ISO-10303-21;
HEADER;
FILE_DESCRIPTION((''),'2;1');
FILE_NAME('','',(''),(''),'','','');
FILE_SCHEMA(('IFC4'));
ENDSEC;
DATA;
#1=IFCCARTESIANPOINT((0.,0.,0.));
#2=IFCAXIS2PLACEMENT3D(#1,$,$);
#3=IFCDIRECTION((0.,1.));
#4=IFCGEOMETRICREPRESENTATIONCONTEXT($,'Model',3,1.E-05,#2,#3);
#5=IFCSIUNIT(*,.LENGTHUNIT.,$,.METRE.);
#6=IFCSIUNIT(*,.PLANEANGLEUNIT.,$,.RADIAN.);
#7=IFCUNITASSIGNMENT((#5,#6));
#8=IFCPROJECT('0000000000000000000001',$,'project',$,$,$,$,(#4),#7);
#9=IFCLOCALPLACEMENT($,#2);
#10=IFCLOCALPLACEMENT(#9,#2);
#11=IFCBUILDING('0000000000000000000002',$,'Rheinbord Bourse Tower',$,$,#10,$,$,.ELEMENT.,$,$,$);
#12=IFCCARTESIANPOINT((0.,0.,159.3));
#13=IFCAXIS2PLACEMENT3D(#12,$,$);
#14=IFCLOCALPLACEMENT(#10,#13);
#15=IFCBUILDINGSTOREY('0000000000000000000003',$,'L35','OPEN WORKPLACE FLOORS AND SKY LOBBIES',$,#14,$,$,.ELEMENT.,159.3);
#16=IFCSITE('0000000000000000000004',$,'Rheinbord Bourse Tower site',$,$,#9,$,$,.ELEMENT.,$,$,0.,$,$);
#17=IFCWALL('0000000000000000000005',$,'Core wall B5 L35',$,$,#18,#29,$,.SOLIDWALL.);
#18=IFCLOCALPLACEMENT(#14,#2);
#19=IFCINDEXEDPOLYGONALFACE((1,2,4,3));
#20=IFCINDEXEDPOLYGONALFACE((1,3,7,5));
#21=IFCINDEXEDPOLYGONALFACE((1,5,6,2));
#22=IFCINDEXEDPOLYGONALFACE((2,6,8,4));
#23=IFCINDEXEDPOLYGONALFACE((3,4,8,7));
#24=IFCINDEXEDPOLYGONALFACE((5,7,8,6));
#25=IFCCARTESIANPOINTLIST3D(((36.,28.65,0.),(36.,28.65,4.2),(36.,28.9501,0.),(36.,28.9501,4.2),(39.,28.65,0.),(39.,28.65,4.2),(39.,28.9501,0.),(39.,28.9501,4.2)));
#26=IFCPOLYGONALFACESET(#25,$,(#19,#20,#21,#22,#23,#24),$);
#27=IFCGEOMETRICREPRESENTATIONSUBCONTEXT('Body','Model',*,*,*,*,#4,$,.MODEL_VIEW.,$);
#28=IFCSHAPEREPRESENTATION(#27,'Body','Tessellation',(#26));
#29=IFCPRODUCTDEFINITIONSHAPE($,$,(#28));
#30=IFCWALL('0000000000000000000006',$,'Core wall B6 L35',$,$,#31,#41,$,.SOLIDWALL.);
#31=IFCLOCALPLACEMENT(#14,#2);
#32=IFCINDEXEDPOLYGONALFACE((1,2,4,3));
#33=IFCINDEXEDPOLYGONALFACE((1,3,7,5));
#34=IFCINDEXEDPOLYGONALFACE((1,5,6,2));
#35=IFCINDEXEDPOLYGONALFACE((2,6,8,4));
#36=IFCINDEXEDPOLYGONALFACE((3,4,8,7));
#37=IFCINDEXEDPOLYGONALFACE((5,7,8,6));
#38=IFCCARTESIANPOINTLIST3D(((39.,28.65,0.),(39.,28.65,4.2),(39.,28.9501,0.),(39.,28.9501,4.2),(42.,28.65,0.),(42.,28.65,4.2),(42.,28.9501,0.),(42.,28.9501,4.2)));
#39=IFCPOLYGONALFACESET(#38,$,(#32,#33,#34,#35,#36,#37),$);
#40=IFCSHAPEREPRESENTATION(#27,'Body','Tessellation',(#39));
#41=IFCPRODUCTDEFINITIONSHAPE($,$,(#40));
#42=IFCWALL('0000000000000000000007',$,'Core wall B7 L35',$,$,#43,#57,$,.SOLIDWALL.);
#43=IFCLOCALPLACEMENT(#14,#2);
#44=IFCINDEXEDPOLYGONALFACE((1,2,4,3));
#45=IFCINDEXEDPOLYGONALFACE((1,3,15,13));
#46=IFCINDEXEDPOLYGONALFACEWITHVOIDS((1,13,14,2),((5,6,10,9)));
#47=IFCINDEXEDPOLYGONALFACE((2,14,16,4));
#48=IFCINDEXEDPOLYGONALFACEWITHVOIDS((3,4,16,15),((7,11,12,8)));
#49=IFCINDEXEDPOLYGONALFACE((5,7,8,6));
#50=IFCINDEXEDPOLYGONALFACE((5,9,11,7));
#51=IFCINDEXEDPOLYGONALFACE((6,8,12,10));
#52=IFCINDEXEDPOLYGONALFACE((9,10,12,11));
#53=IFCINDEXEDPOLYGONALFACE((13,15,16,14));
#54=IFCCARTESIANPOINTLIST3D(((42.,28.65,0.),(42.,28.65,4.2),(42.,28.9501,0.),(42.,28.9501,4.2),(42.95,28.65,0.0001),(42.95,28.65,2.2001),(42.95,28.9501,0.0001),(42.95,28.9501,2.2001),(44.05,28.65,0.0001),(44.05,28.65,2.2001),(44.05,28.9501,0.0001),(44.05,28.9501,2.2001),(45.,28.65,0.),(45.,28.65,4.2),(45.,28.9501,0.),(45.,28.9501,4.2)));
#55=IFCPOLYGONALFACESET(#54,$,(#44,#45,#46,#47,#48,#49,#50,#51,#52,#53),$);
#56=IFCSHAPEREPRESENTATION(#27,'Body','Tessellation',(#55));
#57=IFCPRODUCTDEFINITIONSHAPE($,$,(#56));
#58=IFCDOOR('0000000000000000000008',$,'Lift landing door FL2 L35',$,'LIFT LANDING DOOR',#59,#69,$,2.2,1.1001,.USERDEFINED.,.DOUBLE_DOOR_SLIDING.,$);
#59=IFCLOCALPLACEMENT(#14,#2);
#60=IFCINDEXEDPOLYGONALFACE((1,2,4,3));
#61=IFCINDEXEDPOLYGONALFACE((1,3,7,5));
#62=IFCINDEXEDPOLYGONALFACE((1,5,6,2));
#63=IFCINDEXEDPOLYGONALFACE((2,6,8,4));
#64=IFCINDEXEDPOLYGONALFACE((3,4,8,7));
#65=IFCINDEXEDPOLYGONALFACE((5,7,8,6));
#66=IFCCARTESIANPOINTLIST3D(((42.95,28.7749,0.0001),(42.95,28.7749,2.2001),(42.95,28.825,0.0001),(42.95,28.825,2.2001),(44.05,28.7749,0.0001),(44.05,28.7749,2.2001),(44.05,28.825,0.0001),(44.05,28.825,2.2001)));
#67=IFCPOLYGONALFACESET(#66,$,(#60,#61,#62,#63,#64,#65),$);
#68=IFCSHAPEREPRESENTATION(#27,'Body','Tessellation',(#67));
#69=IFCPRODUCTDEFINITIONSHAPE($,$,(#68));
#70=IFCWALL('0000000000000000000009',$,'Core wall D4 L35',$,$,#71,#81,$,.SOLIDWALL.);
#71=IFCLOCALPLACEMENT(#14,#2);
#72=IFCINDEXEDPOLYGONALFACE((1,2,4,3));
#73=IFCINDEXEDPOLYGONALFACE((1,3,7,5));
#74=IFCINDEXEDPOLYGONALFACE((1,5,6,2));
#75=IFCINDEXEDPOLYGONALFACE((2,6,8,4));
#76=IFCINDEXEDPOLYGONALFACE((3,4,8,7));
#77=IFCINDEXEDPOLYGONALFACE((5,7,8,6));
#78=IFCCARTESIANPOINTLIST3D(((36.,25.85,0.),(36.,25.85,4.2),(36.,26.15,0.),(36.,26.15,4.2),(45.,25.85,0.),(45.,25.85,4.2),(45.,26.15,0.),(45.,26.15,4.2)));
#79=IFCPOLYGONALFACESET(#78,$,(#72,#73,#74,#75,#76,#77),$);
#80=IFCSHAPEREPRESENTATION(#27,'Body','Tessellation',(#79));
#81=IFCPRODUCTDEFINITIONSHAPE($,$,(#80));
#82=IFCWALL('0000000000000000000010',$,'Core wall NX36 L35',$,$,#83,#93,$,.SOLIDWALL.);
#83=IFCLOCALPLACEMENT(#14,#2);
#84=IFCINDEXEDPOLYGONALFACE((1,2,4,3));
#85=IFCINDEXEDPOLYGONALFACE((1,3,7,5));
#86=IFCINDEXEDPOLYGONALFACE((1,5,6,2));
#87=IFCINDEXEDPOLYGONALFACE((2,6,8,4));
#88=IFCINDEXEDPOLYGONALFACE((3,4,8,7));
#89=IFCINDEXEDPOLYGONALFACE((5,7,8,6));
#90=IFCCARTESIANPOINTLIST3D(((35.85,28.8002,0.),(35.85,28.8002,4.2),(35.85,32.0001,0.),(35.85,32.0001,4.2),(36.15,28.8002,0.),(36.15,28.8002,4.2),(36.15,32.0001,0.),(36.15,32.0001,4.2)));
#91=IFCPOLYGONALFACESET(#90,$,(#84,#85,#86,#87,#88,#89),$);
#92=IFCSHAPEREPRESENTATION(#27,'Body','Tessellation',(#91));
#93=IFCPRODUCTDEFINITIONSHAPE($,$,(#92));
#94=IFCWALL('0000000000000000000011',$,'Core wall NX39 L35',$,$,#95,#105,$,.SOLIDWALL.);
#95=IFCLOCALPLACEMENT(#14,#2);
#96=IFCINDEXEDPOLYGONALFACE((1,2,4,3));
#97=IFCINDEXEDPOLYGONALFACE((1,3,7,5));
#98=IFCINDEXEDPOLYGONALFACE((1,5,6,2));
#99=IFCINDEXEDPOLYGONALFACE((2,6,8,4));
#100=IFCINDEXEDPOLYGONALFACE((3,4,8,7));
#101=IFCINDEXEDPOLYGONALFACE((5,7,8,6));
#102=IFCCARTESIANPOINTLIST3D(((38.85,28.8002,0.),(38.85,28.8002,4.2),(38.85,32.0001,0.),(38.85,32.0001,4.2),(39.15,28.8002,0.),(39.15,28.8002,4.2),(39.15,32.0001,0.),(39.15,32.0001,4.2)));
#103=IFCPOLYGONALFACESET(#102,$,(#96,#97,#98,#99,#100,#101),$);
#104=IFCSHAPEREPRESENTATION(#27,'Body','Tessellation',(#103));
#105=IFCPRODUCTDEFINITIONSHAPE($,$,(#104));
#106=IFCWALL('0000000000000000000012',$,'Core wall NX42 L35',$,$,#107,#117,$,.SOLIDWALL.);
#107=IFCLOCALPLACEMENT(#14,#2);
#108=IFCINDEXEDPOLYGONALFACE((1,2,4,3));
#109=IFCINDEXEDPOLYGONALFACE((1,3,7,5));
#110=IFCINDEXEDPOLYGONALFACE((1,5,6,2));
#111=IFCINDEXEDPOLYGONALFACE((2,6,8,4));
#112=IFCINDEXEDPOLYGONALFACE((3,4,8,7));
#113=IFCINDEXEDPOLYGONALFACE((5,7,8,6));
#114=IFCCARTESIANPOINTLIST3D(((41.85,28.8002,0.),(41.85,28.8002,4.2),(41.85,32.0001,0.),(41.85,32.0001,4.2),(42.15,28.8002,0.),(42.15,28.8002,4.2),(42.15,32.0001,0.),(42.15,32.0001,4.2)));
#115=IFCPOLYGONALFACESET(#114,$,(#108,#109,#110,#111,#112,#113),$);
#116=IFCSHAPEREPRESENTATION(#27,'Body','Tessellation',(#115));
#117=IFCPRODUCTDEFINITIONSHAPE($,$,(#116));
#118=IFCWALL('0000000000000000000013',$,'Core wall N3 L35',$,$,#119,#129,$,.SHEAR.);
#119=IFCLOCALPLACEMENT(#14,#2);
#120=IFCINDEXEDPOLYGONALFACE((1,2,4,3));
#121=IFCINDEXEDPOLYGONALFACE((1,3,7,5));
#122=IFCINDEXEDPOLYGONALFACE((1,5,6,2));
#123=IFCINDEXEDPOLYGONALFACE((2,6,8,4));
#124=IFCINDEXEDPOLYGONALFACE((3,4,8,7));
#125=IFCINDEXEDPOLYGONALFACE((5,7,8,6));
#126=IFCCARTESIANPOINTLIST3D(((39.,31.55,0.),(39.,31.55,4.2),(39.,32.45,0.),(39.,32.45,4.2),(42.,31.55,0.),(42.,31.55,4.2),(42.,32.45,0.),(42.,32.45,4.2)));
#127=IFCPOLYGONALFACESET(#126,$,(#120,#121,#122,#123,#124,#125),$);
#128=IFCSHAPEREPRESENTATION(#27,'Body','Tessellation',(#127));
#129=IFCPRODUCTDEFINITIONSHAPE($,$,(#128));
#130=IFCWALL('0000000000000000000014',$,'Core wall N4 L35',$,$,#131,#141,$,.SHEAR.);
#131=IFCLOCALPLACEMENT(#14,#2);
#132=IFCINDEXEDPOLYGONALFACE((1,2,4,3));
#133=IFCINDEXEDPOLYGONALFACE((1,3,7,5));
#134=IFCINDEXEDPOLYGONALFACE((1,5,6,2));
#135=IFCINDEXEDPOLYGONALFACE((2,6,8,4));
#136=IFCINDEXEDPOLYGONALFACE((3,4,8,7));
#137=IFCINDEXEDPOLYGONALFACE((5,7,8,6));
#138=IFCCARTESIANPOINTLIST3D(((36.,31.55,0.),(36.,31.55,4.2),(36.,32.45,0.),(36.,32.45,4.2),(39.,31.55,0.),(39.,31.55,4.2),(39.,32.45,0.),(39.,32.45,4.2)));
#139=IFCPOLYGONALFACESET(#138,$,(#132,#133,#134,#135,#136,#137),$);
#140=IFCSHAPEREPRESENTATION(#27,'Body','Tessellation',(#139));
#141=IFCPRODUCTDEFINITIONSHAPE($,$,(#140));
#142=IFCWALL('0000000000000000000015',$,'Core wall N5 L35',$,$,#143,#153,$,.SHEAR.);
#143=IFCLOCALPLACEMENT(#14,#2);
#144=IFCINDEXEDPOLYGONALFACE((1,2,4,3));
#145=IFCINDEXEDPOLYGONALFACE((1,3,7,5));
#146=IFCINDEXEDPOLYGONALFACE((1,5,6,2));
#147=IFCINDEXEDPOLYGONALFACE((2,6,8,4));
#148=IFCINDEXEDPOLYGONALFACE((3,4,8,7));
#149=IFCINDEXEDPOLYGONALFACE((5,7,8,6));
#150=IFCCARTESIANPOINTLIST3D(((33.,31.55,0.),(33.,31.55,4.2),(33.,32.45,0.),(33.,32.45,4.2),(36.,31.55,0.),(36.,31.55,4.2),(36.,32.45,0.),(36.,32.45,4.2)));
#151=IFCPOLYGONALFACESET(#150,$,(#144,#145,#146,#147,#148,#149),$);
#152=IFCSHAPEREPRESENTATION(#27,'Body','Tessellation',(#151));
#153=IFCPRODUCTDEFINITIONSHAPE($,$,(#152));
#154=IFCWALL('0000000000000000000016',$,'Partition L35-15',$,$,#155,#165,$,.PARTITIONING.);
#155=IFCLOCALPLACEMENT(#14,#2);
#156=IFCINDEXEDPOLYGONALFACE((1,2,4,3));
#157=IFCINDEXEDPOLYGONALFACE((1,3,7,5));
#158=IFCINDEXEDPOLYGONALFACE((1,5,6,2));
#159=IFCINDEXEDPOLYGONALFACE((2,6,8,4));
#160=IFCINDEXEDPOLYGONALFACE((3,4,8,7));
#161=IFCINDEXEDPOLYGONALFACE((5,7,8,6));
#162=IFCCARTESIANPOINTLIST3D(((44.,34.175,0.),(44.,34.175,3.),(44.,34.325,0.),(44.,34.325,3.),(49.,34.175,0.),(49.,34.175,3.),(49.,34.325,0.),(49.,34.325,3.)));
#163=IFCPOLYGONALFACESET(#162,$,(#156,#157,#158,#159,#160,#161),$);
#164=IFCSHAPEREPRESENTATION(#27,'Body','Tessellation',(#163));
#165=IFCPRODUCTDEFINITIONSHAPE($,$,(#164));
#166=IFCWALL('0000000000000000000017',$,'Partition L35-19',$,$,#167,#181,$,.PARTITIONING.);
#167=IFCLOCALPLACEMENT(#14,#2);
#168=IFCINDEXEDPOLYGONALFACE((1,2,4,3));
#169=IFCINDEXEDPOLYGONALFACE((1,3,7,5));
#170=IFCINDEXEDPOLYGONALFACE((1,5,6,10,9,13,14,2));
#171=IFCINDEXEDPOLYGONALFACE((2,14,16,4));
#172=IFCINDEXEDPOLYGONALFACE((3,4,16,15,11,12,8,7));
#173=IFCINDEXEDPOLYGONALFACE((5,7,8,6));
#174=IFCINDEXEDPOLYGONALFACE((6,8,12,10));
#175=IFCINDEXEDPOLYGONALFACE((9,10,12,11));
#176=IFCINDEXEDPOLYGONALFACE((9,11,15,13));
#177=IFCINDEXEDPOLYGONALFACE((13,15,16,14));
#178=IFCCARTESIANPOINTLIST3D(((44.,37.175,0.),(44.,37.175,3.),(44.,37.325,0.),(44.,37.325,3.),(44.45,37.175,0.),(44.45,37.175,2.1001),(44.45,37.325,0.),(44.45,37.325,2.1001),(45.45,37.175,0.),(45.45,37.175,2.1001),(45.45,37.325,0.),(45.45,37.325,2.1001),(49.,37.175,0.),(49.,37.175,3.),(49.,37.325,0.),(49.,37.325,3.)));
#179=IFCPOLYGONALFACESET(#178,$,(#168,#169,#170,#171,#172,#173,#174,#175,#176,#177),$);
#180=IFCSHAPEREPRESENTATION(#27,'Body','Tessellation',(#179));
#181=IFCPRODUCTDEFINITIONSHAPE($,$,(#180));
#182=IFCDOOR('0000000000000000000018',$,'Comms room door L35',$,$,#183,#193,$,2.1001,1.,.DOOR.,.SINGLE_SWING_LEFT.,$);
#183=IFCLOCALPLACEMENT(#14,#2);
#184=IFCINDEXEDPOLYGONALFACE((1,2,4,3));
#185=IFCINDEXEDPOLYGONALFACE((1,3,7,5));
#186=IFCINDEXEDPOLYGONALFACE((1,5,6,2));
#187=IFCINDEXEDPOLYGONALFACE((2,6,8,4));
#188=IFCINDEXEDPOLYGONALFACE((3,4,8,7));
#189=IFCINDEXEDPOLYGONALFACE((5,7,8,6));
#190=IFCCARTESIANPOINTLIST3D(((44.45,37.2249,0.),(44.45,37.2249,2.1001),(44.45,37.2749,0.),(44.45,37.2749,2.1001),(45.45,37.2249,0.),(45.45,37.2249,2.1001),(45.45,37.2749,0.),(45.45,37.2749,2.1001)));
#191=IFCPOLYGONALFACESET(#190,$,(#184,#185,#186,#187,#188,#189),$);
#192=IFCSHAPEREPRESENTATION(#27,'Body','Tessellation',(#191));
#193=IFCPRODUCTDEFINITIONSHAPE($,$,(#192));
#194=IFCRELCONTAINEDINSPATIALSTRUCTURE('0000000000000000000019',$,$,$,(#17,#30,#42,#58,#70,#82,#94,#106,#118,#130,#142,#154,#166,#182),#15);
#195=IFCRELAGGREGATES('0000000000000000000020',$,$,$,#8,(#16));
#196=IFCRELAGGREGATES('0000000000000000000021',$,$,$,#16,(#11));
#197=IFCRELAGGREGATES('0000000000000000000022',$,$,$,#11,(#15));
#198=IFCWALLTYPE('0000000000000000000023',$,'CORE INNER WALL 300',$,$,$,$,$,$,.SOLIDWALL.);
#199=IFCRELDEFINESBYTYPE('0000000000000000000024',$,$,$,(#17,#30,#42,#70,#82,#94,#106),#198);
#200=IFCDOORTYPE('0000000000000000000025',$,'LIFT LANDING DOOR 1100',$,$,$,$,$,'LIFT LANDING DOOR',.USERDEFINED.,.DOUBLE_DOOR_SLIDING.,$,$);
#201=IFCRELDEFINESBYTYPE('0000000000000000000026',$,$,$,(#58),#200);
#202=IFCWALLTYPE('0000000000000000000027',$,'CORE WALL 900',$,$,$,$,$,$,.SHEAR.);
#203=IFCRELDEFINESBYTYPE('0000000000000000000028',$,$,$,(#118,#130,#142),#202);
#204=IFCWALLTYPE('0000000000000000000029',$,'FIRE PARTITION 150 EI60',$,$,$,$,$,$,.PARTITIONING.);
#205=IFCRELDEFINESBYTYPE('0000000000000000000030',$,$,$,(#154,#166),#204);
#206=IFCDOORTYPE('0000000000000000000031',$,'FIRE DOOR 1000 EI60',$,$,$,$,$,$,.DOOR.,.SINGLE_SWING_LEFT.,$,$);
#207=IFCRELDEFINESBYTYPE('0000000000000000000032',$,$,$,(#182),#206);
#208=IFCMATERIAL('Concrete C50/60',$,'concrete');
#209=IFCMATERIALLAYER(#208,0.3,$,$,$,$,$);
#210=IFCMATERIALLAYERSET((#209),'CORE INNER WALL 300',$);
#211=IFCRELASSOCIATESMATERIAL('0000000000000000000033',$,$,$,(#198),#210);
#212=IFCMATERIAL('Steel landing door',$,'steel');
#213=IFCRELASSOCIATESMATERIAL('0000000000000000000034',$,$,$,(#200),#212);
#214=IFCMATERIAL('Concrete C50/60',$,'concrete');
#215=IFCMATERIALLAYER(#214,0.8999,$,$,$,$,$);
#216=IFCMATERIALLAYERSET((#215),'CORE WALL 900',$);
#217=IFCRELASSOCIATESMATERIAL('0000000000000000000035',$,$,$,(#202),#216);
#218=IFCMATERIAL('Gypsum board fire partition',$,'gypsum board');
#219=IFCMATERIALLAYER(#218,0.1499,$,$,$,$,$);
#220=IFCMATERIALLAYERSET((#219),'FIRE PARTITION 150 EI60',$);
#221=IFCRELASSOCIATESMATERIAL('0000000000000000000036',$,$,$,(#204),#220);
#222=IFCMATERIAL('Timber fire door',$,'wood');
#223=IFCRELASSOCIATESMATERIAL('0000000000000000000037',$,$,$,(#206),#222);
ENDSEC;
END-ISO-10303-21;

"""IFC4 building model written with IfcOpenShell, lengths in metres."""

from ifc_helpers import new_model, si_unit, direction, frame, frame_2d, origin, place, context, subcontext, project, spatial, rectangle, extrude, material, layer, layer_set, type_object, element, fill, save


model = new_model("IFC4")

# Units and contexts
model_context = context("Model", 3, precision=1e-05, world=origin(), true_north=direction((0.0, 1.0)))
body_context = subcontext(model_context, "Body", "Model", "MODEL_VIEW")
ifc_project = project(units=[si_unit("LENGTHUNIT", "METRE"), si_unit("PLANEANGLEUNIT", "RADIAN")], contexts=[model_context])

# Site, building, storey
site_placement = place(None, origin())
site = spatial("IfcSite", under=ifc_project, at=site_placement, Name="Rheinbord Bourse Tower site", CompositionType="ELEMENT", RefElevation=0.0)
building_placement = place(site_placement, origin())
building = spatial("IfcBuilding", under=site, at=building_placement, Name="Rheinbord Bourse Tower", CompositionType="ELEMENT")
storey_placement = place(building_placement, frame((0.0, 0.0, 159.3)))
storey = spatial("IfcBuildingStorey", under=building, at=storey_placement, Name="L35", Description="OPEN WORKPLACE FLOORS AND SKY LOBBIES", CompositionType="ELEMENT", Elevation=159.3)

# Walls
ifc_material_1 = material(Name="Concrete C50/60", Category="concrete")
ifc_layer_1 = layer(ifc_material_1, 0.3)
ifc_layer_set_1 = layer_set([ifc_layer_1], Name="CORE INNER WALL 300")
wall_type_1 = type_object("IfcWallType", Name="CORE INNER WALL 300", PredefinedType="SOLIDWALL", material=ifc_layer_set_1)
for number, where, z_axis, x_axis, name in (
    (1, (36.0, 28.8, 0.0), (0.0, 0.0, 1.0), (1.0, 0.0, 0.0), "Core wall B5 L35"),
    (2, (39.0, 28.8, 0.0), (0.0, 0.0, 1.0), (1.0, 0.0, 0.0), "Core wall B6 L35"),
):
    element("IfcWall", number, at=place(storey_placement, frame(where, z_axis=z_axis, x_axis=x_axis)), inside=storey, type_object=wall_type_1, Name=name, PredefinedType="SOLIDWALL", context=body_context, shape_type="SweptSolid", body=[
        extrude(rectangle(XDim=3.0, YDim=0.3, at=frame_2d((1.5, 0.0))), origin(), (0.0, 0.0, 1.0), 4.2),
    ])

# Wall, opening, door
wall_1_placement = place(storey_placement, frame((42.0, 28.8, 0.0), z_axis=(0.0, 0.0, 1.0), x_axis=(1.0, 0.0, 0.0)))
wall_1 = element("IfcWall", 3, at=wall_1_placement, inside=storey, type_object=wall_type_1, Name="Core wall B7 L35", PredefinedType="SOLIDWALL", context=body_context, shape_type="SweptSolid", body=[
    extrude(rectangle(XDim=3.0, YDim=0.3, at=frame_2d((1.5, 0.0))), origin(), (0.0, 0.0, 1.0), 4.2),
])
opening_1_placement = place(wall_1_placement, frame((0.95, 0.0, 0.0)))
opening_1 = element("IfcOpeningElement", 4, at=opening_1_placement, cuts=wall_1, PredefinedType="OPENING", context=body_context, shape_type="SweptSolid", body=[
    extrude(rectangle(XDim=1.1001, YDim=2.2, at=frame_2d((0.55, 1.1001))), frame((0.0, 0.1599, 0.0), z_axis=(0.0, -1.0, 0.0), x_axis=(1.0, 0.0, 0.0)), (0.0, 0.0, 1.0), 0.3201),
])
ifc_material_2 = material(Name="Steel landing door", Category="steel")
door_type_1 = type_object("IfcDoorType", Name="LIFT LANDING DOOR 1100", ElementType="LIFT LANDING DOOR", OperationType="DOUBLE_DOOR_SLIDING", PredefinedType="USERDEFINED", material=ifc_material_2)
door_1_placement = place(opening_1_placement, origin())
door_1 = element("IfcDoor", 5, at=door_1_placement, inside=storey, type_object=door_type_1, Name="Lift landing door FL2 L35", ObjectType="LIFT LANDING DOOR", OperationType="DOUBLE_DOOR_SLIDING", OverallHeight=2.2, OverallWidth=1.1001, PredefinedType="USERDEFINED", context=body_context, shape_type="SweptSolid", body=[
    extrude(rectangle(XDim=1.1001, YDim=2.2, at=frame_2d((0.55, 1.1001))), frame((0.0, 0.0249, 0.0), z_axis=(0.0, -1.0, 0.0), x_axis=(1.0, 0.0, 0.0)), (0.0, 0.0, 1.0), 0.05),
])
fill(opening_1, door_1)

# Walls
wall_2_placement = place(storey_placement, frame((36.0, 26.0, 0.0), z_axis=(0.0, 0.0, 1.0), x_axis=(1.0, 0.0, 0.0)))
element("IfcWall", 6, at=wall_2_placement, inside=storey, type_object=wall_type_1, Name="Core wall D4 L35", PredefinedType="SOLIDWALL", context=body_context, shape_type="SweptSolid", body=[
    extrude(rectangle(XDim=9.0, YDim=0.3, at=frame_2d((4.5, 0.0))), origin(), (0.0, 0.0, 1.0), 4.2),
])
for number, where, z_axis, x_axis, name in (
    (7, (36.0, 28.8, 0.0), (0.0, 0.0, 1.0), (0.0, 1.0, 0.0), "Core wall NX36 L35"),
    (8, (39.0, 28.8, 0.0), (0.0, 0.0, 1.0), (0.0, 1.0, 0.0), "Core wall NX39 L35"),
    (9, (42.0, 28.8, 0.0), (0.0, 0.0, 1.0), (0.0, 1.0, 0.0), "Core wall NX42 L35"),
):
    element("IfcWall", number, at=place(storey_placement, frame(where, z_axis=z_axis, x_axis=x_axis)), inside=storey, type_object=wall_type_1, Name=name, PredefinedType="SOLIDWALL", context=body_context, shape_type="SweptSolid", body=[
        extrude(rectangle(XDim=3.2, YDim=0.3, at=frame_2d((1.6001, 0.0))), origin(), (0.0, 0.0, 1.0), 4.2),
    ])
ifc_material_3 = material(Name="Concrete C50/60", Category="concrete")
ifc_layer_2 = layer(ifc_material_3, 0.8999)
ifc_layer_set_2 = layer_set([ifc_layer_2], Name="CORE WALL 900")
wall_type_2 = type_object("IfcWallType", Name="CORE WALL 900", PredefinedType="SHEAR", material=ifc_layer_set_2)
for number, where, z_axis, x_axis, name in (
    (10, (42.0, 32.0, 0.0), (0.0, 0.0, 1.0), (-1.0, 0.0, 0.0), "Core wall N3 L35"),
    (11, (39.0, 32.0, 0.0), (0.0, 0.0, 1.0), (-1.0, 0.0, 0.0), "Core wall N4 L35"),
    (12, (36.0, 32.0, 0.0), (0.0, 0.0, 1.0), (-1.0, 0.0, 0.0), "Core wall N5 L35"),
):
    element("IfcWall", number, at=place(storey_placement, frame(where, z_axis=z_axis, x_axis=x_axis)), inside=storey, type_object=wall_type_2, Name=name, PredefinedType="SHEAR", context=body_context, shape_type="SweptSolid", body=[
        extrude(rectangle(XDim=3.0, YDim=0.8999, at=frame_2d((1.5, 0.0))), origin(), (0.0, 0.0, 1.0), 4.2),
    ])
ifc_material_4 = material(Name="Gypsum board fire partition", Category="gypsum board")
ifc_layer_3 = layer(ifc_material_4, 0.1499)
ifc_layer_set_3 = layer_set([ifc_layer_3], Name="FIRE PARTITION 150 EI60")
wall_type_3 = type_object("IfcWallType", Name="FIRE PARTITION 150 EI60", PredefinedType="PARTITIONING", material=ifc_layer_set_3)
wall_3_placement = place(storey_placement, frame((44.0, 34.25, 0.0), z_axis=(0.0, 0.0, 1.0), x_axis=(1.0, 0.0, 0.0)))
element("IfcWall", 13, at=wall_3_placement, inside=storey, type_object=wall_type_3, Name="Partition L35-15", PredefinedType="PARTITIONING", context=body_context, shape_type="SweptSolid", body=[
    extrude(rectangle(XDim=5.0, YDim=0.1499, at=frame_2d((2.5, 0.0))), origin(), (0.0, 0.0, 1.0), 3.0),
])

# Wall, opening, door
wall_4_placement = place(storey_placement, frame((44.0, 37.25, 0.0), z_axis=(0.0, 0.0, 1.0), x_axis=(1.0, 0.0, 0.0)))
wall_4 = element("IfcWall", 14, at=wall_4_placement, inside=storey, type_object=wall_type_3, Name="Partition L35-19", PredefinedType="PARTITIONING", context=body_context, shape_type="SweptSolid", body=[
    extrude(rectangle(XDim=5.0, YDim=0.1499, at=frame_2d((2.5, 0.0))), origin(), (0.0, 0.0, 1.0), 3.0),
])
opening_2_placement = place(wall_4_placement, frame((0.45, 0.0, 0.0)))
opening_2 = element("IfcOpeningElement", 15, at=opening_2_placement, cuts=wall_4, PredefinedType="OPENING", context=body_context, shape_type="SweptSolid", body=[
    extrude(rectangle(XDim=1.0, YDim=2.1001, at=frame_2d((0.5, 1.05))), frame((0.0, 0.085, 0.0), z_axis=(0.0, -1.0, 0.0), x_axis=(1.0, 0.0, 0.0)), (0.0, 0.0, 1.0), 0.1699),
])
ifc_material_5 = material(Name="Timber fire door", Category="wood")
door_type_2 = type_object("IfcDoorType", Name="FIRE DOOR 1000 EI60", OperationType="SINGLE_SWING_LEFT", PredefinedType="DOOR", material=ifc_material_5)
door_2_placement = place(opening_2_placement, origin())
door_2 = element("IfcDoor", 16, at=door_2_placement, inside=storey, type_object=door_type_2, Name="Comms room door L35", OperationType="SINGLE_SWING_LEFT", OverallHeight=2.1001, OverallWidth=1.0, PredefinedType="DOOR", context=body_context, shape_type="SweptSolid", body=[
    extrude(rectangle(XDim=1.0, YDim=2.1001, at=frame_2d((0.5, 1.05))), frame((0.0, 0.0249, 0.0), z_axis=(0.0, -1.0, 0.0), x_axis=(1.0, 0.0, 0.0)), (0.0, 0.0, 1.0), 0.05),
])
fill(opening_2, door_2)

save(model, "model.ifc")
